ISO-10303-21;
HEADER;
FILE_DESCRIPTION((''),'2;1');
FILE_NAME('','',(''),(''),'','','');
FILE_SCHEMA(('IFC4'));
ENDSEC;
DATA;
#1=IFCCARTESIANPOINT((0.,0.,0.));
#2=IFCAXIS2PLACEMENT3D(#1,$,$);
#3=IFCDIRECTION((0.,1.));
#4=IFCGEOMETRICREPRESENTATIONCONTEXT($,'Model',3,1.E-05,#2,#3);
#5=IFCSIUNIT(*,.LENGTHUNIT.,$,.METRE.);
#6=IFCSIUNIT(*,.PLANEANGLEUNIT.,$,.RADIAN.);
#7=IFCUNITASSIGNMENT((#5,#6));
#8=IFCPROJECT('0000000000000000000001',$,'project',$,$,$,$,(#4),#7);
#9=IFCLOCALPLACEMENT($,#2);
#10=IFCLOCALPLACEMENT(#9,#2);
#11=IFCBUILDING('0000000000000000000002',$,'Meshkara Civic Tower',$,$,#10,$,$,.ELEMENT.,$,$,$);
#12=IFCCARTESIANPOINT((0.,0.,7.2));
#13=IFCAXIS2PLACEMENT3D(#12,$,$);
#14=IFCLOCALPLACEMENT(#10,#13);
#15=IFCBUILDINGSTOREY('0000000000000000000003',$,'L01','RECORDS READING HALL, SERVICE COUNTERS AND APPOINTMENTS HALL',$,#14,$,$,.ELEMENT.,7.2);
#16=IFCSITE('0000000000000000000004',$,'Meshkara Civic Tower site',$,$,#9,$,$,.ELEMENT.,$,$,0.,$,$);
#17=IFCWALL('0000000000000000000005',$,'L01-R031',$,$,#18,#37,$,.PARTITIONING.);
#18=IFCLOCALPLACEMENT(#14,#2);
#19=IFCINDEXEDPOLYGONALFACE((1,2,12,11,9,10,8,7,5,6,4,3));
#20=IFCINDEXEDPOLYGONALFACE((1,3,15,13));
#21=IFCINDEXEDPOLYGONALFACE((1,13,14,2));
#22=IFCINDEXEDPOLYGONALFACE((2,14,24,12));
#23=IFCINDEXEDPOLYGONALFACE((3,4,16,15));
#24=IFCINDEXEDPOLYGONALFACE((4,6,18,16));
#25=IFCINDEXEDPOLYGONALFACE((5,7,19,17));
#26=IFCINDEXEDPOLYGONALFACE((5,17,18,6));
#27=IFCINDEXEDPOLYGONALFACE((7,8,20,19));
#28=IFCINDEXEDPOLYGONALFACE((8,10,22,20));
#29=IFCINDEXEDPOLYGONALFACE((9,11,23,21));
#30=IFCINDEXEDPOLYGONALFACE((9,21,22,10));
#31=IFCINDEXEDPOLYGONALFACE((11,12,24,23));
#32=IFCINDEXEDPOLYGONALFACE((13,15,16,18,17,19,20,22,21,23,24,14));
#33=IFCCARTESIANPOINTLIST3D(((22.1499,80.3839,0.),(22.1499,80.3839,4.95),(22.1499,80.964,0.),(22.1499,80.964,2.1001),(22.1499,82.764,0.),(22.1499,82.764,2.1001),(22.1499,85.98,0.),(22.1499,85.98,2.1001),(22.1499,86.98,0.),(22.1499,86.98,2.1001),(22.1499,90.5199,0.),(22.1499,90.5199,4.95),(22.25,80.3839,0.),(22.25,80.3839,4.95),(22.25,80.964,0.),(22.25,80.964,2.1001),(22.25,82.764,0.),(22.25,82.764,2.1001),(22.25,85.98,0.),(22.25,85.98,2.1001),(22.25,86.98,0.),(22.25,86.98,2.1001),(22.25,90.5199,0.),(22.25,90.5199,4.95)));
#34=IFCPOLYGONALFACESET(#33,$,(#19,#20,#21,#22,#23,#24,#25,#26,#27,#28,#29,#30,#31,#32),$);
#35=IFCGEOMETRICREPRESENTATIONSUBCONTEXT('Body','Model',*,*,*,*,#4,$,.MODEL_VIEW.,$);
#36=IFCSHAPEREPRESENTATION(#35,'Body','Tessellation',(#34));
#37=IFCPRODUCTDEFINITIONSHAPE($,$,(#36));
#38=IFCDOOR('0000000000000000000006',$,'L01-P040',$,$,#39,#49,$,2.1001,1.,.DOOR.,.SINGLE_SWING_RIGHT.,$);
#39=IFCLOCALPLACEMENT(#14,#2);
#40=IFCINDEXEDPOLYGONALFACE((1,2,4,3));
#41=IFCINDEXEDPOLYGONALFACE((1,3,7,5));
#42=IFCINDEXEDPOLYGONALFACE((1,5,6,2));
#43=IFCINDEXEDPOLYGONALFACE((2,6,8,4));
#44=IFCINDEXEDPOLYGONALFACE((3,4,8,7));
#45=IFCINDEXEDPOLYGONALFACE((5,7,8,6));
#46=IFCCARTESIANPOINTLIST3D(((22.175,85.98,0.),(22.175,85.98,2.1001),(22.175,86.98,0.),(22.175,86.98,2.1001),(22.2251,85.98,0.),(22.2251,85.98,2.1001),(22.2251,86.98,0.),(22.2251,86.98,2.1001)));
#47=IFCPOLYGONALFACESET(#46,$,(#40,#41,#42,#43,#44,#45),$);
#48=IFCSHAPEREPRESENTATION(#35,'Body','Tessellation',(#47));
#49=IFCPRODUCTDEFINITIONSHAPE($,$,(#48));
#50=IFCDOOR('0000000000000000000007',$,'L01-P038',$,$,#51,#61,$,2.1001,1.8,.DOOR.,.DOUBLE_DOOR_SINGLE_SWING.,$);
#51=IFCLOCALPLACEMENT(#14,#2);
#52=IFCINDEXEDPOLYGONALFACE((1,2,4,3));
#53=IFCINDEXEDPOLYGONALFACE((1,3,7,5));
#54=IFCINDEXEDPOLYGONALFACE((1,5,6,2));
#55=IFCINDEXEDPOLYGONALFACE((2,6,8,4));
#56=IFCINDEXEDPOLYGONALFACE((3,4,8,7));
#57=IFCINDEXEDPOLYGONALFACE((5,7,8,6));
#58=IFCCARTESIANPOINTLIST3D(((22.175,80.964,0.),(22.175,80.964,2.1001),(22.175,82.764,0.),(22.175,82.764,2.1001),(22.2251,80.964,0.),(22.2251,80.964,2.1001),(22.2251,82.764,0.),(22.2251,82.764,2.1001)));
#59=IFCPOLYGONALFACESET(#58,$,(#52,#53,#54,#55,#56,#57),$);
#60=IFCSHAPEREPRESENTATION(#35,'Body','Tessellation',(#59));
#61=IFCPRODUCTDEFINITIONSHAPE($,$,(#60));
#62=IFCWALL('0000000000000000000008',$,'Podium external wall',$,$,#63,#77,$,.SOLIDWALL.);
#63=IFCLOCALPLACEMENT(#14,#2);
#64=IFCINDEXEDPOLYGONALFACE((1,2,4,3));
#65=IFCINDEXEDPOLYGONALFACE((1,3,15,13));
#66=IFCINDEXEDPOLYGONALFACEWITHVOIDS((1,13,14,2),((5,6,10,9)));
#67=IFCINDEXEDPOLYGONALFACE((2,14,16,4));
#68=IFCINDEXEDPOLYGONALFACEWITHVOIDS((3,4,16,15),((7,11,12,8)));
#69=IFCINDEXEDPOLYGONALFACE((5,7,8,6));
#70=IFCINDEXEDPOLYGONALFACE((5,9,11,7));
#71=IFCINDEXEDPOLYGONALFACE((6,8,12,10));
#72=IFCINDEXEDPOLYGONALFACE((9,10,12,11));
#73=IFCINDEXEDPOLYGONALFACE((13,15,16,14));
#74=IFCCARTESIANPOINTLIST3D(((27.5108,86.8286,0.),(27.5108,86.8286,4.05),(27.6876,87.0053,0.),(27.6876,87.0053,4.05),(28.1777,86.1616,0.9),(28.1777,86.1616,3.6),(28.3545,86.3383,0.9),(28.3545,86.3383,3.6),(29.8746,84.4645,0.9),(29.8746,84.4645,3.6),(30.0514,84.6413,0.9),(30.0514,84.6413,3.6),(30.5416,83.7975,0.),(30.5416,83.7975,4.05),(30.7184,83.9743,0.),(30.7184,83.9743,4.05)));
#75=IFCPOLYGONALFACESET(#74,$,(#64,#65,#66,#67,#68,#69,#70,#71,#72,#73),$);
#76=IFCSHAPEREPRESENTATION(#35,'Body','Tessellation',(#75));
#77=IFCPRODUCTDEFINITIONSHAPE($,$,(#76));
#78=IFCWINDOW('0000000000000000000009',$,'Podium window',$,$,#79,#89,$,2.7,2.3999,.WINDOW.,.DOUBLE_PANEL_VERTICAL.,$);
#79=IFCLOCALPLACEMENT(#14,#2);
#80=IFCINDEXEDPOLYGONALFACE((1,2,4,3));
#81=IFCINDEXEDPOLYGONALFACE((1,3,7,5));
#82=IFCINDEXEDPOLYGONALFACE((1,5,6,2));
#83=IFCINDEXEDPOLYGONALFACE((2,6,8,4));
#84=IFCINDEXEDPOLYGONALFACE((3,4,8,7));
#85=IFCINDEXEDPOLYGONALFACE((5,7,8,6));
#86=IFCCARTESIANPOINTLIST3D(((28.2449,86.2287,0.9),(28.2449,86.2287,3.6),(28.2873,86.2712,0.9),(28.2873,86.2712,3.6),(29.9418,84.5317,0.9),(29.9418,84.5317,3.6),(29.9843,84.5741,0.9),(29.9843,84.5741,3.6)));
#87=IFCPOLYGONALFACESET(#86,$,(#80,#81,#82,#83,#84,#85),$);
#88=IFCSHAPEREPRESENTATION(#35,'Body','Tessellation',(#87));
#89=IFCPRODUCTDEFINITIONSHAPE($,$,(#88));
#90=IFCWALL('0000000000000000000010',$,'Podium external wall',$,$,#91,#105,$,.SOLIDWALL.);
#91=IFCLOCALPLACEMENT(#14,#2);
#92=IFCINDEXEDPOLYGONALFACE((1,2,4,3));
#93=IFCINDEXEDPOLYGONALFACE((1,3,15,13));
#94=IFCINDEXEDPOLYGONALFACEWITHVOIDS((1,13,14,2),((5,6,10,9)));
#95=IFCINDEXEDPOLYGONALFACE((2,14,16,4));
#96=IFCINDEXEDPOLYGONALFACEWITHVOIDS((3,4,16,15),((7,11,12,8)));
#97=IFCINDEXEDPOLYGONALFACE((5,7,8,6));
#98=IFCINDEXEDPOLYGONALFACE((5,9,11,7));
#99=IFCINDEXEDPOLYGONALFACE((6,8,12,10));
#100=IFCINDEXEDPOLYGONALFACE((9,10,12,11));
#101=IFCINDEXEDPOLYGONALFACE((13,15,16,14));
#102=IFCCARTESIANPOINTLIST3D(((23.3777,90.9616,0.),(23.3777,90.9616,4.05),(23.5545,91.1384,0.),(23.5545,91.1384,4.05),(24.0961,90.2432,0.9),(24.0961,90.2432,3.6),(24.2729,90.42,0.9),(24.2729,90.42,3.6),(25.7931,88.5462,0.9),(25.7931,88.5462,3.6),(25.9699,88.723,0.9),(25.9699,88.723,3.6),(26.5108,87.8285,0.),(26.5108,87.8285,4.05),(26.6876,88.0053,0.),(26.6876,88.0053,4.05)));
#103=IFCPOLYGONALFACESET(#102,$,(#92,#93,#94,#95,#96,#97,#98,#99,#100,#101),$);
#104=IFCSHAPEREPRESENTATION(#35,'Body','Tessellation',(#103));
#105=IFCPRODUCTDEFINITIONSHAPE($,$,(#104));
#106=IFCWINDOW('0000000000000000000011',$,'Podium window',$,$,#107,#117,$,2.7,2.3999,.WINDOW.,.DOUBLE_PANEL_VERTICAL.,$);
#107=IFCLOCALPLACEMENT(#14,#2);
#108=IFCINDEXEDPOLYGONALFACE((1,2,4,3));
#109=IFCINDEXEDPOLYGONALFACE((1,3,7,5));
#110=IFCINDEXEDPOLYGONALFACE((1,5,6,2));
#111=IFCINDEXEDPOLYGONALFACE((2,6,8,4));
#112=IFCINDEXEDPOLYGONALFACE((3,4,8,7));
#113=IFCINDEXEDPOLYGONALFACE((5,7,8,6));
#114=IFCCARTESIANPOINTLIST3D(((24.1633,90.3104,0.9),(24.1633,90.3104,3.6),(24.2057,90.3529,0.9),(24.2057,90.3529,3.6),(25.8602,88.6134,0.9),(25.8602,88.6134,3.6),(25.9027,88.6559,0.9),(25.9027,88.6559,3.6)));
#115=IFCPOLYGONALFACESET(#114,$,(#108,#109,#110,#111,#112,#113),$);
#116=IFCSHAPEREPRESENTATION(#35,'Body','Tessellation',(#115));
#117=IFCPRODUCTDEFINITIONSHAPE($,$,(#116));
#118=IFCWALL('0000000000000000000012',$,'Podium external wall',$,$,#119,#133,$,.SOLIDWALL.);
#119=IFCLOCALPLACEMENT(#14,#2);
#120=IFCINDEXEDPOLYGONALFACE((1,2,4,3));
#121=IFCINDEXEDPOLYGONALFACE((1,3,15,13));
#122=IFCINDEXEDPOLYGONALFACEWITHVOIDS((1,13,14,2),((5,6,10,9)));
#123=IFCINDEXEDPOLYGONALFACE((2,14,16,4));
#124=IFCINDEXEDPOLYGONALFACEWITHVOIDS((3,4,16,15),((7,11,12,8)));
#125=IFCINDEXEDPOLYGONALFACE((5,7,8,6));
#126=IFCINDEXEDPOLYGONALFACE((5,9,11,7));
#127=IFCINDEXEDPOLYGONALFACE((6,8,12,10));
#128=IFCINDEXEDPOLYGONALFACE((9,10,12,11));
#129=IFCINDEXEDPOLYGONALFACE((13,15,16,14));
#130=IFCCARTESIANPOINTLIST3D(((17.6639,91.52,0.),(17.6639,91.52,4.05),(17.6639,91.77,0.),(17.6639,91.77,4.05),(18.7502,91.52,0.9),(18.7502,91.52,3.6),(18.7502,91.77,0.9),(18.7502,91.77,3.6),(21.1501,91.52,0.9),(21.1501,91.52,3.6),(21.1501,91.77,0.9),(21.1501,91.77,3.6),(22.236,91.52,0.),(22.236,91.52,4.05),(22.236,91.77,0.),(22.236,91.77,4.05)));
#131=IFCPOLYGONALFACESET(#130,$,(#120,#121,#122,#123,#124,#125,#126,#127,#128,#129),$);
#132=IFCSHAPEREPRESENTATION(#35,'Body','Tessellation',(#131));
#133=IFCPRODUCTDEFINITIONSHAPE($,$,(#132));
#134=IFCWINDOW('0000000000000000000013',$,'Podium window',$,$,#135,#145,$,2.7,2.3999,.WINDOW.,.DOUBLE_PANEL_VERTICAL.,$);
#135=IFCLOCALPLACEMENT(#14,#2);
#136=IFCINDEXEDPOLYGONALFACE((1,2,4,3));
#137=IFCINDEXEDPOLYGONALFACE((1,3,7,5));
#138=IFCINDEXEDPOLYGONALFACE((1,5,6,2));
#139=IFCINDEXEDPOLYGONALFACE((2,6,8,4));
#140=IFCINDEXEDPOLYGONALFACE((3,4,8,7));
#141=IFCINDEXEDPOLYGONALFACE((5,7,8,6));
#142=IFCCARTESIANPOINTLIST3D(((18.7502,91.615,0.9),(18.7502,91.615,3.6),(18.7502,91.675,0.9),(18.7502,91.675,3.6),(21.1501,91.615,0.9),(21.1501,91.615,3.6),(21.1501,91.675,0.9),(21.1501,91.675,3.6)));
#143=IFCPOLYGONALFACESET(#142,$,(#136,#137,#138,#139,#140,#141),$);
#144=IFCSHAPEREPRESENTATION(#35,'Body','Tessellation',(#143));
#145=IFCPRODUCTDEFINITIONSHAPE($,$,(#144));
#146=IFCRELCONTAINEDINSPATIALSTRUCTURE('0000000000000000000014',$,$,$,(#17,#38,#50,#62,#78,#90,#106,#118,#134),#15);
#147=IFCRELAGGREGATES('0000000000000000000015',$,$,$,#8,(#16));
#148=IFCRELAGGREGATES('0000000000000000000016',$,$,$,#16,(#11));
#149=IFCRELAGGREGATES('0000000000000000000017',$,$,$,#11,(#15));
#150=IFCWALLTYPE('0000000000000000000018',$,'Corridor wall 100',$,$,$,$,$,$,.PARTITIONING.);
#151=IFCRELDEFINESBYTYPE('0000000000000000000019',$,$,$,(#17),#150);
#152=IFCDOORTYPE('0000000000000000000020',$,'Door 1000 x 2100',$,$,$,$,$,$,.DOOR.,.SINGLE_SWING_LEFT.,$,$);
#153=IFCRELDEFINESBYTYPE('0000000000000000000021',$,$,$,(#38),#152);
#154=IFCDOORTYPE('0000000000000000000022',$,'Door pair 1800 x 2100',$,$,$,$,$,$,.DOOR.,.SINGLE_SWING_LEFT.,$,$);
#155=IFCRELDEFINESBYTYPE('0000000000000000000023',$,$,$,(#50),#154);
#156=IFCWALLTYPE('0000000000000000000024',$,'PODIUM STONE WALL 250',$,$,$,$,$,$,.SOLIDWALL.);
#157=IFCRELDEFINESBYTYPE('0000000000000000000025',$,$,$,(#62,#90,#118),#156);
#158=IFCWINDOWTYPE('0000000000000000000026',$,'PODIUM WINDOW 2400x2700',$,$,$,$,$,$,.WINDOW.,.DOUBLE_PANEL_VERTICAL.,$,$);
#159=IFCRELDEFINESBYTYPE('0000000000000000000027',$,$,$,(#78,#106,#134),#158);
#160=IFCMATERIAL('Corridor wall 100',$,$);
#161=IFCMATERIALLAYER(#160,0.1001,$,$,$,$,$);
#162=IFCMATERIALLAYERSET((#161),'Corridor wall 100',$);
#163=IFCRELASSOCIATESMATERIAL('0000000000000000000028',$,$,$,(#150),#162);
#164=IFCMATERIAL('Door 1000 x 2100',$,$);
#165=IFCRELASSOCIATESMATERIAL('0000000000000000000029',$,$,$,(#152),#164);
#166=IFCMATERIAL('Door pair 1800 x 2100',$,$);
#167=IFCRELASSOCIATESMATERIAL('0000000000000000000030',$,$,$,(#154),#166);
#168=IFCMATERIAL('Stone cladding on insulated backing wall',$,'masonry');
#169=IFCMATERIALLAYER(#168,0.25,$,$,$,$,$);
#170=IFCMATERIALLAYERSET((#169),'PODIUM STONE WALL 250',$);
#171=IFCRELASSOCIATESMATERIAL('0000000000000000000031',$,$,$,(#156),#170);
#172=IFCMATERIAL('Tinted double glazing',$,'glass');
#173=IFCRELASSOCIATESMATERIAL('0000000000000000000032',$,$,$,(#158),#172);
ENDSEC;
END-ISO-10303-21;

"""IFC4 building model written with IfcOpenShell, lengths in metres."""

from ifc_helpers import new_model, si_unit, direction, frame, frame_2d, origin, place, context, subcontext, project, spatial, rectangle, extrude, material, layer, layer_set, type_object, element, fill, save


model = new_model("IFC4")

# Units and contexts
model_context = context("Model", 3, precision=1e-05, world=origin(), true_north=direction((0.0, 1.0)))
body_context = subcontext(model_context, "Body", "Model", "MODEL_VIEW")
ifc_project = project(units=[si_unit("LENGTHUNIT", "METRE"), si_unit("PLANEANGLEUNIT", "RADIAN")], contexts=[model_context])

# Site, building, storey
site_placement = place(None, origin())
site = spatial("IfcSite", under=ifc_project, at=site_placement, Name="Meshkara Civic Tower site", CompositionType="ELEMENT", RefElevation=0.0)
building_placement = place(site_placement, origin())
building = spatial("IfcBuilding", under=site, at=building_placement, Name="Meshkara Civic Tower", CompositionType="ELEMENT")
storey_placement = place(building_placement, frame((0.0, 0.0, 7.2)))
storey = spatial("IfcBuildingStorey", under=building, at=storey_placement, Name="L01", Description="RECORDS READING HALL, SERVICE COUNTERS AND APPOINTMENTS HALL", CompositionType="ELEMENT", Elevation=7.2)

# Shared definitions
ifc_material_1 = material(Name="Corridor wall 100")
ifc_layer_1 = layer(ifc_material_1, 0.1001)
ifc_layer_set_1 = layer_set([ifc_layer_1], Name="Corridor wall 100")
wall_type_1 = type_object("IfcWallType", Name="Corridor wall 100", PredefinedType="PARTITIONING", material=ifc_layer_set_1)

# Wall, openings, doors
wall_1_placement = place(storey_placement, frame((22.2, 80.384, 0.0), z_axis=(0.0, 0.0, 1.0), x_axis=(0.0, 1.0, 0.0)))
wall_1 = element("IfcWall", 1, at=wall_1_placement, inside=storey, type_object=wall_type_1, Name="L01-R031", PredefinedType="PARTITIONING", context=body_context, shape_type="SweptSolid", body=[
    extrude(rectangle(XDim=10.136, YDim=0.1001, at=frame_2d((5.0679, 0.0))), origin(), (0.0, 0.0, 1.0), 4.95),
])
opening_1_placement = place(wall_1_placement, frame((0.5801, 0.0, 0.0)))
opening_1 = element("IfcOpeningElement", 2, at=opening_1_placement, cuts=wall_1, PredefinedType="OPENING", context=body_context, shape_type="SweptSolid", body=[
    extrude(rectangle(XDim=1.8, YDim=2.1001, at=frame_2d((0.8999, 1.05))), frame((0.0, 0.0601, 0.0), z_axis=(0.0, -1.0, 0.0), x_axis=(1.0, 0.0, 0.0)), (0.0, 0.0, 1.0), 0.1201),
])
opening_2_placement = place(wall_1_placement, frame((5.5959, 0.0, 0.0)))
opening_2 = element("IfcOpeningElement", 3, at=opening_2_placement, cuts=wall_1, PredefinedType="OPENING", context=body_context, shape_type="SweptSolid", body=[
    extrude(rectangle(XDim=1.0, YDim=2.1001, at=frame_2d((0.5, 1.05))), frame((0.0, 0.0601, 0.0), z_axis=(0.0, -1.0, 0.0), x_axis=(1.0, 0.0, 0.0)), (0.0, 0.0, 1.0), 0.1201),
])
ifc_material_2 = material(Name="Door 1000 x 2100")
door_type_1 = type_object("IfcDoorType", Name="Door 1000 x 2100", OperationType="SINGLE_SWING_LEFT", PredefinedType="DOOR", material=ifc_material_2)
door_1_placement = place(opening_2_placement, origin())
door_1 = element("IfcDoor", 4, at=door_1_placement, inside=storey, type_object=door_type_1, Name="L01-P040", OperationType="SINGLE_SWING_RIGHT", OverallHeight=2.1001, OverallWidth=1.0, PredefinedType="DOOR", context=body_context, shape_type="SweptSolid", body=[
    extrude(rectangle(XDim=1.0, YDim=2.1001, at=frame_2d((0.5, 1.05))), frame((0.0, 0.0249, 0.0), z_axis=(0.0, -1.0, 0.0), x_axis=(1.0, 0.0, 0.0)), (0.0, 0.0, 1.0), 0.05),
])
fill(opening_2, door_1)
ifc_material_3 = material(Name="Door pair 1800 x 2100")
door_type_2 = type_object("IfcDoorType", Name="Door pair 1800 x 2100", OperationType="SINGLE_SWING_LEFT", PredefinedType="DOOR", material=ifc_material_3)
door_2_placement = place(opening_1_placement, origin())
door_2 = element("IfcDoor", 5, at=door_2_placement, inside=storey, type_object=door_type_2, Name="L01-P038", OperationType="DOUBLE_DOOR_SINGLE_SWING", OverallHeight=2.1001, OverallWidth=1.8, PredefinedType="DOOR", context=body_context, shape_type="SweptSolid", body=[
    extrude(rectangle(XDim=1.8, YDim=2.1001, at=frame_2d((0.8999, 1.05))), frame((0.0, 0.0249, 0.0), z_axis=(0.0, -1.0, 0.0), x_axis=(1.0, 0.0, 0.0)), (0.0, 0.0, 1.0), 0.05),
])
fill(opening_1, door_2)

# Walls, openings, windows
ifc_material_4 = material(Name="Stone cladding on insulated backing wall", Category="masonry")
ifc_layer_2 = layer(ifc_material_4, 0.25)
ifc_layer_set_2 = layer_set([ifc_layer_2], Name="PODIUM STONE WALL 250")
wall_type_2 = type_object("IfcWallType", Name="PODIUM STONE WALL 250", PredefinedType="SOLIDWALL", material=ifc_layer_set_2)
wall_2_placement = place(storey_placement, frame((30.6299, 83.886, 0.0), z_axis=(0.0, 0.0, 1.0), x_axis=(-0.707078, 0.707135, 0.0)))
wall_2 = element("IfcWall", 6, at=wall_2_placement, inside=storey, type_object=wall_type_2, Name="Podium external wall", PredefinedType="SOLIDWALL", context=body_context, shape_type="SweptSolid", body=[
    extrude(rectangle(XDim=4.2864, YDim=0.25, at=frame_2d((2.1431, 0.0))), origin(), (0.0, 0.0, 1.0), 4.05),
])
opening_3_placement = place(wall_2_placement, frame((0.9431, 0.0, 0.8999)))
opening_3 = element("IfcOpeningElement", 7, at=opening_3_placement, cuts=wall_2, PredefinedType="OPENING", context=body_context, shape_type="SweptSolid", body=[
    extrude(rectangle(XDim=2.3999, YDim=2.7, at=frame_2d((1.2, 1.3501))), frame((0.0, 0.135, 0.0), z_axis=(0.0, -1.0, 0.0), x_axis=(1.0, 0.0, 0.0)), (0.0, 0.0, 1.0), 0.27),
])
ifc_material_5 = material(Name="Tinted double glazing", Category="glass")
window_type = type_object("IfcWindowType", Name="PODIUM WINDOW 2400x2700", PartitioningType="DOUBLE_PANEL_VERTICAL", PredefinedType="WINDOW", material=ifc_material_5)
window_1_placement = place(opening_3_placement, origin())
window_1 = element("IfcWindow", 8, at=window_1_placement, inside=storey, type_object=window_type, Name="Podium window", OverallHeight=2.7, OverallWidth=2.3999, PartitioningType="DOUBLE_PANEL_VERTICAL", PredefinedType="WINDOW", context=body_context, shape_type="SweptSolid", body=[
    extrude(rectangle(XDim=2.3999, YDim=2.7, at=frame_2d((1.2, 1.3501))), frame((0.0, 0.03, 0.0), z_axis=(0.0, -1.0, 0.0), x_axis=(1.0, 0.0, 0.0)), (0.0, 0.0, 1.0), 0.0601),
])
fill(opening_3, window_1)
wall_3_placement = place(storey_placement, frame((26.5991, 87.917, 0.0), z_axis=(0.0, 0.0, 1.0), x_axis=(-0.707107, 0.707107, 0.0)))
wall_3 = element("IfcWall", 9, at=wall_3_placement, inside=storey, type_object=wall_type_2, Name="Podium external wall", PredefinedType="SOLIDWALL", context=body_context, shape_type="SweptSolid", body=[
    extrude(rectangle(XDim=4.4309, YDim=0.25, at=frame_2d((2.2153, 0.0))), origin(), (0.0, 0.0, 1.0), 4.05),
])
opening_4_placement = place(wall_3_placement, frame((1.0149, 0.0, 0.8999)))
opening_4 = element("IfcOpeningElement", 10, at=opening_4_placement, cuts=wall_3, PredefinedType="OPENING", context=body_context, shape_type="SweptSolid", body=[
    extrude(rectangle(XDim=2.3999, YDim=2.7, at=frame_2d((1.2, 1.3501))), frame((0.0, 0.135, 0.0), z_axis=(0.0, -1.0, 0.0), x_axis=(1.0, 0.0, 0.0)), (0.0, 0.0, 1.0), 0.27),
])
window_2_placement = place(opening_4_placement, origin())
window_2 = element("IfcWindow", 11, at=window_2_placement, inside=storey, type_object=window_type, Name="Podium window", OverallHeight=2.7, OverallWidth=2.3999, PartitioningType="DOUBLE_PANEL_VERTICAL", PredefinedType="WINDOW", context=body_context, shape_type="SweptSolid", body=[
    extrude(rectangle(XDim=2.3999, YDim=2.7, at=frame_2d((1.2, 1.3501))), frame((0.0, 0.03, 0.0), z_axis=(0.0, -1.0, 0.0), x_axis=(1.0, 0.0, 0.0)), (0.0, 0.0, 1.0), 0.0601),
])
fill(opening_4, window_2)
wall_4_placement = place(storey_placement, frame((22.2361, 91.645, 0.0), z_axis=(0.0, 0.0, 1.0), x_axis=(-1.0, 0.0, 0.0)))
wall_4 = element("IfcWall", 12, at=wall_4_placement, inside=storey, type_object=wall_type_2, Name="Podium external wall", PredefinedType="SOLIDWALL", context=body_context, shape_type="SweptSolid", body=[
    extrude(rectangle(XDim=4.572, YDim=0.25, at=frame_2d((2.2861, 0.0))), origin(), (0.0, 0.0, 1.0), 4.05),
])
opening_5_placement = place(wall_4_placement, frame((1.0859, 0.0, 0.8999)))
opening_5 = element("IfcOpeningElement", 13, at=opening_5_placement, cuts=wall_4, PredefinedType="OPENING", context=body_context, shape_type="SweptSolid", body=[
    extrude(rectangle(XDim=2.3999, YDim=2.7, at=frame_2d((1.2, 1.3501))), frame((0.0, 0.135, 0.0), z_axis=(0.0, -1.0, 0.0), x_axis=(1.0, 0.0, 0.0)), (0.0, 0.0, 1.0), 0.27),
])
window_3_placement = place(opening_5_placement, origin())
window_3 = element("IfcWindow", 14, at=window_3_placement, inside=storey, type_object=window_type, Name="Podium window", OverallHeight=2.7, OverallWidth=2.3999, PartitioningType="DOUBLE_PANEL_VERTICAL", PredefinedType="WINDOW", context=body_context, shape_type="SweptSolid", body=[
    extrude(rectangle(XDim=2.3999, YDim=2.7, at=frame_2d((1.2, 1.3501))), frame((0.0, 0.03, 0.0), z_axis=(0.0, -1.0, 0.0), x_axis=(1.0, 0.0, 0.0)), (0.0, 0.0, 1.0), 0.0601),
])
fill(opening_5, window_3)

save(model, "model.ifc")
